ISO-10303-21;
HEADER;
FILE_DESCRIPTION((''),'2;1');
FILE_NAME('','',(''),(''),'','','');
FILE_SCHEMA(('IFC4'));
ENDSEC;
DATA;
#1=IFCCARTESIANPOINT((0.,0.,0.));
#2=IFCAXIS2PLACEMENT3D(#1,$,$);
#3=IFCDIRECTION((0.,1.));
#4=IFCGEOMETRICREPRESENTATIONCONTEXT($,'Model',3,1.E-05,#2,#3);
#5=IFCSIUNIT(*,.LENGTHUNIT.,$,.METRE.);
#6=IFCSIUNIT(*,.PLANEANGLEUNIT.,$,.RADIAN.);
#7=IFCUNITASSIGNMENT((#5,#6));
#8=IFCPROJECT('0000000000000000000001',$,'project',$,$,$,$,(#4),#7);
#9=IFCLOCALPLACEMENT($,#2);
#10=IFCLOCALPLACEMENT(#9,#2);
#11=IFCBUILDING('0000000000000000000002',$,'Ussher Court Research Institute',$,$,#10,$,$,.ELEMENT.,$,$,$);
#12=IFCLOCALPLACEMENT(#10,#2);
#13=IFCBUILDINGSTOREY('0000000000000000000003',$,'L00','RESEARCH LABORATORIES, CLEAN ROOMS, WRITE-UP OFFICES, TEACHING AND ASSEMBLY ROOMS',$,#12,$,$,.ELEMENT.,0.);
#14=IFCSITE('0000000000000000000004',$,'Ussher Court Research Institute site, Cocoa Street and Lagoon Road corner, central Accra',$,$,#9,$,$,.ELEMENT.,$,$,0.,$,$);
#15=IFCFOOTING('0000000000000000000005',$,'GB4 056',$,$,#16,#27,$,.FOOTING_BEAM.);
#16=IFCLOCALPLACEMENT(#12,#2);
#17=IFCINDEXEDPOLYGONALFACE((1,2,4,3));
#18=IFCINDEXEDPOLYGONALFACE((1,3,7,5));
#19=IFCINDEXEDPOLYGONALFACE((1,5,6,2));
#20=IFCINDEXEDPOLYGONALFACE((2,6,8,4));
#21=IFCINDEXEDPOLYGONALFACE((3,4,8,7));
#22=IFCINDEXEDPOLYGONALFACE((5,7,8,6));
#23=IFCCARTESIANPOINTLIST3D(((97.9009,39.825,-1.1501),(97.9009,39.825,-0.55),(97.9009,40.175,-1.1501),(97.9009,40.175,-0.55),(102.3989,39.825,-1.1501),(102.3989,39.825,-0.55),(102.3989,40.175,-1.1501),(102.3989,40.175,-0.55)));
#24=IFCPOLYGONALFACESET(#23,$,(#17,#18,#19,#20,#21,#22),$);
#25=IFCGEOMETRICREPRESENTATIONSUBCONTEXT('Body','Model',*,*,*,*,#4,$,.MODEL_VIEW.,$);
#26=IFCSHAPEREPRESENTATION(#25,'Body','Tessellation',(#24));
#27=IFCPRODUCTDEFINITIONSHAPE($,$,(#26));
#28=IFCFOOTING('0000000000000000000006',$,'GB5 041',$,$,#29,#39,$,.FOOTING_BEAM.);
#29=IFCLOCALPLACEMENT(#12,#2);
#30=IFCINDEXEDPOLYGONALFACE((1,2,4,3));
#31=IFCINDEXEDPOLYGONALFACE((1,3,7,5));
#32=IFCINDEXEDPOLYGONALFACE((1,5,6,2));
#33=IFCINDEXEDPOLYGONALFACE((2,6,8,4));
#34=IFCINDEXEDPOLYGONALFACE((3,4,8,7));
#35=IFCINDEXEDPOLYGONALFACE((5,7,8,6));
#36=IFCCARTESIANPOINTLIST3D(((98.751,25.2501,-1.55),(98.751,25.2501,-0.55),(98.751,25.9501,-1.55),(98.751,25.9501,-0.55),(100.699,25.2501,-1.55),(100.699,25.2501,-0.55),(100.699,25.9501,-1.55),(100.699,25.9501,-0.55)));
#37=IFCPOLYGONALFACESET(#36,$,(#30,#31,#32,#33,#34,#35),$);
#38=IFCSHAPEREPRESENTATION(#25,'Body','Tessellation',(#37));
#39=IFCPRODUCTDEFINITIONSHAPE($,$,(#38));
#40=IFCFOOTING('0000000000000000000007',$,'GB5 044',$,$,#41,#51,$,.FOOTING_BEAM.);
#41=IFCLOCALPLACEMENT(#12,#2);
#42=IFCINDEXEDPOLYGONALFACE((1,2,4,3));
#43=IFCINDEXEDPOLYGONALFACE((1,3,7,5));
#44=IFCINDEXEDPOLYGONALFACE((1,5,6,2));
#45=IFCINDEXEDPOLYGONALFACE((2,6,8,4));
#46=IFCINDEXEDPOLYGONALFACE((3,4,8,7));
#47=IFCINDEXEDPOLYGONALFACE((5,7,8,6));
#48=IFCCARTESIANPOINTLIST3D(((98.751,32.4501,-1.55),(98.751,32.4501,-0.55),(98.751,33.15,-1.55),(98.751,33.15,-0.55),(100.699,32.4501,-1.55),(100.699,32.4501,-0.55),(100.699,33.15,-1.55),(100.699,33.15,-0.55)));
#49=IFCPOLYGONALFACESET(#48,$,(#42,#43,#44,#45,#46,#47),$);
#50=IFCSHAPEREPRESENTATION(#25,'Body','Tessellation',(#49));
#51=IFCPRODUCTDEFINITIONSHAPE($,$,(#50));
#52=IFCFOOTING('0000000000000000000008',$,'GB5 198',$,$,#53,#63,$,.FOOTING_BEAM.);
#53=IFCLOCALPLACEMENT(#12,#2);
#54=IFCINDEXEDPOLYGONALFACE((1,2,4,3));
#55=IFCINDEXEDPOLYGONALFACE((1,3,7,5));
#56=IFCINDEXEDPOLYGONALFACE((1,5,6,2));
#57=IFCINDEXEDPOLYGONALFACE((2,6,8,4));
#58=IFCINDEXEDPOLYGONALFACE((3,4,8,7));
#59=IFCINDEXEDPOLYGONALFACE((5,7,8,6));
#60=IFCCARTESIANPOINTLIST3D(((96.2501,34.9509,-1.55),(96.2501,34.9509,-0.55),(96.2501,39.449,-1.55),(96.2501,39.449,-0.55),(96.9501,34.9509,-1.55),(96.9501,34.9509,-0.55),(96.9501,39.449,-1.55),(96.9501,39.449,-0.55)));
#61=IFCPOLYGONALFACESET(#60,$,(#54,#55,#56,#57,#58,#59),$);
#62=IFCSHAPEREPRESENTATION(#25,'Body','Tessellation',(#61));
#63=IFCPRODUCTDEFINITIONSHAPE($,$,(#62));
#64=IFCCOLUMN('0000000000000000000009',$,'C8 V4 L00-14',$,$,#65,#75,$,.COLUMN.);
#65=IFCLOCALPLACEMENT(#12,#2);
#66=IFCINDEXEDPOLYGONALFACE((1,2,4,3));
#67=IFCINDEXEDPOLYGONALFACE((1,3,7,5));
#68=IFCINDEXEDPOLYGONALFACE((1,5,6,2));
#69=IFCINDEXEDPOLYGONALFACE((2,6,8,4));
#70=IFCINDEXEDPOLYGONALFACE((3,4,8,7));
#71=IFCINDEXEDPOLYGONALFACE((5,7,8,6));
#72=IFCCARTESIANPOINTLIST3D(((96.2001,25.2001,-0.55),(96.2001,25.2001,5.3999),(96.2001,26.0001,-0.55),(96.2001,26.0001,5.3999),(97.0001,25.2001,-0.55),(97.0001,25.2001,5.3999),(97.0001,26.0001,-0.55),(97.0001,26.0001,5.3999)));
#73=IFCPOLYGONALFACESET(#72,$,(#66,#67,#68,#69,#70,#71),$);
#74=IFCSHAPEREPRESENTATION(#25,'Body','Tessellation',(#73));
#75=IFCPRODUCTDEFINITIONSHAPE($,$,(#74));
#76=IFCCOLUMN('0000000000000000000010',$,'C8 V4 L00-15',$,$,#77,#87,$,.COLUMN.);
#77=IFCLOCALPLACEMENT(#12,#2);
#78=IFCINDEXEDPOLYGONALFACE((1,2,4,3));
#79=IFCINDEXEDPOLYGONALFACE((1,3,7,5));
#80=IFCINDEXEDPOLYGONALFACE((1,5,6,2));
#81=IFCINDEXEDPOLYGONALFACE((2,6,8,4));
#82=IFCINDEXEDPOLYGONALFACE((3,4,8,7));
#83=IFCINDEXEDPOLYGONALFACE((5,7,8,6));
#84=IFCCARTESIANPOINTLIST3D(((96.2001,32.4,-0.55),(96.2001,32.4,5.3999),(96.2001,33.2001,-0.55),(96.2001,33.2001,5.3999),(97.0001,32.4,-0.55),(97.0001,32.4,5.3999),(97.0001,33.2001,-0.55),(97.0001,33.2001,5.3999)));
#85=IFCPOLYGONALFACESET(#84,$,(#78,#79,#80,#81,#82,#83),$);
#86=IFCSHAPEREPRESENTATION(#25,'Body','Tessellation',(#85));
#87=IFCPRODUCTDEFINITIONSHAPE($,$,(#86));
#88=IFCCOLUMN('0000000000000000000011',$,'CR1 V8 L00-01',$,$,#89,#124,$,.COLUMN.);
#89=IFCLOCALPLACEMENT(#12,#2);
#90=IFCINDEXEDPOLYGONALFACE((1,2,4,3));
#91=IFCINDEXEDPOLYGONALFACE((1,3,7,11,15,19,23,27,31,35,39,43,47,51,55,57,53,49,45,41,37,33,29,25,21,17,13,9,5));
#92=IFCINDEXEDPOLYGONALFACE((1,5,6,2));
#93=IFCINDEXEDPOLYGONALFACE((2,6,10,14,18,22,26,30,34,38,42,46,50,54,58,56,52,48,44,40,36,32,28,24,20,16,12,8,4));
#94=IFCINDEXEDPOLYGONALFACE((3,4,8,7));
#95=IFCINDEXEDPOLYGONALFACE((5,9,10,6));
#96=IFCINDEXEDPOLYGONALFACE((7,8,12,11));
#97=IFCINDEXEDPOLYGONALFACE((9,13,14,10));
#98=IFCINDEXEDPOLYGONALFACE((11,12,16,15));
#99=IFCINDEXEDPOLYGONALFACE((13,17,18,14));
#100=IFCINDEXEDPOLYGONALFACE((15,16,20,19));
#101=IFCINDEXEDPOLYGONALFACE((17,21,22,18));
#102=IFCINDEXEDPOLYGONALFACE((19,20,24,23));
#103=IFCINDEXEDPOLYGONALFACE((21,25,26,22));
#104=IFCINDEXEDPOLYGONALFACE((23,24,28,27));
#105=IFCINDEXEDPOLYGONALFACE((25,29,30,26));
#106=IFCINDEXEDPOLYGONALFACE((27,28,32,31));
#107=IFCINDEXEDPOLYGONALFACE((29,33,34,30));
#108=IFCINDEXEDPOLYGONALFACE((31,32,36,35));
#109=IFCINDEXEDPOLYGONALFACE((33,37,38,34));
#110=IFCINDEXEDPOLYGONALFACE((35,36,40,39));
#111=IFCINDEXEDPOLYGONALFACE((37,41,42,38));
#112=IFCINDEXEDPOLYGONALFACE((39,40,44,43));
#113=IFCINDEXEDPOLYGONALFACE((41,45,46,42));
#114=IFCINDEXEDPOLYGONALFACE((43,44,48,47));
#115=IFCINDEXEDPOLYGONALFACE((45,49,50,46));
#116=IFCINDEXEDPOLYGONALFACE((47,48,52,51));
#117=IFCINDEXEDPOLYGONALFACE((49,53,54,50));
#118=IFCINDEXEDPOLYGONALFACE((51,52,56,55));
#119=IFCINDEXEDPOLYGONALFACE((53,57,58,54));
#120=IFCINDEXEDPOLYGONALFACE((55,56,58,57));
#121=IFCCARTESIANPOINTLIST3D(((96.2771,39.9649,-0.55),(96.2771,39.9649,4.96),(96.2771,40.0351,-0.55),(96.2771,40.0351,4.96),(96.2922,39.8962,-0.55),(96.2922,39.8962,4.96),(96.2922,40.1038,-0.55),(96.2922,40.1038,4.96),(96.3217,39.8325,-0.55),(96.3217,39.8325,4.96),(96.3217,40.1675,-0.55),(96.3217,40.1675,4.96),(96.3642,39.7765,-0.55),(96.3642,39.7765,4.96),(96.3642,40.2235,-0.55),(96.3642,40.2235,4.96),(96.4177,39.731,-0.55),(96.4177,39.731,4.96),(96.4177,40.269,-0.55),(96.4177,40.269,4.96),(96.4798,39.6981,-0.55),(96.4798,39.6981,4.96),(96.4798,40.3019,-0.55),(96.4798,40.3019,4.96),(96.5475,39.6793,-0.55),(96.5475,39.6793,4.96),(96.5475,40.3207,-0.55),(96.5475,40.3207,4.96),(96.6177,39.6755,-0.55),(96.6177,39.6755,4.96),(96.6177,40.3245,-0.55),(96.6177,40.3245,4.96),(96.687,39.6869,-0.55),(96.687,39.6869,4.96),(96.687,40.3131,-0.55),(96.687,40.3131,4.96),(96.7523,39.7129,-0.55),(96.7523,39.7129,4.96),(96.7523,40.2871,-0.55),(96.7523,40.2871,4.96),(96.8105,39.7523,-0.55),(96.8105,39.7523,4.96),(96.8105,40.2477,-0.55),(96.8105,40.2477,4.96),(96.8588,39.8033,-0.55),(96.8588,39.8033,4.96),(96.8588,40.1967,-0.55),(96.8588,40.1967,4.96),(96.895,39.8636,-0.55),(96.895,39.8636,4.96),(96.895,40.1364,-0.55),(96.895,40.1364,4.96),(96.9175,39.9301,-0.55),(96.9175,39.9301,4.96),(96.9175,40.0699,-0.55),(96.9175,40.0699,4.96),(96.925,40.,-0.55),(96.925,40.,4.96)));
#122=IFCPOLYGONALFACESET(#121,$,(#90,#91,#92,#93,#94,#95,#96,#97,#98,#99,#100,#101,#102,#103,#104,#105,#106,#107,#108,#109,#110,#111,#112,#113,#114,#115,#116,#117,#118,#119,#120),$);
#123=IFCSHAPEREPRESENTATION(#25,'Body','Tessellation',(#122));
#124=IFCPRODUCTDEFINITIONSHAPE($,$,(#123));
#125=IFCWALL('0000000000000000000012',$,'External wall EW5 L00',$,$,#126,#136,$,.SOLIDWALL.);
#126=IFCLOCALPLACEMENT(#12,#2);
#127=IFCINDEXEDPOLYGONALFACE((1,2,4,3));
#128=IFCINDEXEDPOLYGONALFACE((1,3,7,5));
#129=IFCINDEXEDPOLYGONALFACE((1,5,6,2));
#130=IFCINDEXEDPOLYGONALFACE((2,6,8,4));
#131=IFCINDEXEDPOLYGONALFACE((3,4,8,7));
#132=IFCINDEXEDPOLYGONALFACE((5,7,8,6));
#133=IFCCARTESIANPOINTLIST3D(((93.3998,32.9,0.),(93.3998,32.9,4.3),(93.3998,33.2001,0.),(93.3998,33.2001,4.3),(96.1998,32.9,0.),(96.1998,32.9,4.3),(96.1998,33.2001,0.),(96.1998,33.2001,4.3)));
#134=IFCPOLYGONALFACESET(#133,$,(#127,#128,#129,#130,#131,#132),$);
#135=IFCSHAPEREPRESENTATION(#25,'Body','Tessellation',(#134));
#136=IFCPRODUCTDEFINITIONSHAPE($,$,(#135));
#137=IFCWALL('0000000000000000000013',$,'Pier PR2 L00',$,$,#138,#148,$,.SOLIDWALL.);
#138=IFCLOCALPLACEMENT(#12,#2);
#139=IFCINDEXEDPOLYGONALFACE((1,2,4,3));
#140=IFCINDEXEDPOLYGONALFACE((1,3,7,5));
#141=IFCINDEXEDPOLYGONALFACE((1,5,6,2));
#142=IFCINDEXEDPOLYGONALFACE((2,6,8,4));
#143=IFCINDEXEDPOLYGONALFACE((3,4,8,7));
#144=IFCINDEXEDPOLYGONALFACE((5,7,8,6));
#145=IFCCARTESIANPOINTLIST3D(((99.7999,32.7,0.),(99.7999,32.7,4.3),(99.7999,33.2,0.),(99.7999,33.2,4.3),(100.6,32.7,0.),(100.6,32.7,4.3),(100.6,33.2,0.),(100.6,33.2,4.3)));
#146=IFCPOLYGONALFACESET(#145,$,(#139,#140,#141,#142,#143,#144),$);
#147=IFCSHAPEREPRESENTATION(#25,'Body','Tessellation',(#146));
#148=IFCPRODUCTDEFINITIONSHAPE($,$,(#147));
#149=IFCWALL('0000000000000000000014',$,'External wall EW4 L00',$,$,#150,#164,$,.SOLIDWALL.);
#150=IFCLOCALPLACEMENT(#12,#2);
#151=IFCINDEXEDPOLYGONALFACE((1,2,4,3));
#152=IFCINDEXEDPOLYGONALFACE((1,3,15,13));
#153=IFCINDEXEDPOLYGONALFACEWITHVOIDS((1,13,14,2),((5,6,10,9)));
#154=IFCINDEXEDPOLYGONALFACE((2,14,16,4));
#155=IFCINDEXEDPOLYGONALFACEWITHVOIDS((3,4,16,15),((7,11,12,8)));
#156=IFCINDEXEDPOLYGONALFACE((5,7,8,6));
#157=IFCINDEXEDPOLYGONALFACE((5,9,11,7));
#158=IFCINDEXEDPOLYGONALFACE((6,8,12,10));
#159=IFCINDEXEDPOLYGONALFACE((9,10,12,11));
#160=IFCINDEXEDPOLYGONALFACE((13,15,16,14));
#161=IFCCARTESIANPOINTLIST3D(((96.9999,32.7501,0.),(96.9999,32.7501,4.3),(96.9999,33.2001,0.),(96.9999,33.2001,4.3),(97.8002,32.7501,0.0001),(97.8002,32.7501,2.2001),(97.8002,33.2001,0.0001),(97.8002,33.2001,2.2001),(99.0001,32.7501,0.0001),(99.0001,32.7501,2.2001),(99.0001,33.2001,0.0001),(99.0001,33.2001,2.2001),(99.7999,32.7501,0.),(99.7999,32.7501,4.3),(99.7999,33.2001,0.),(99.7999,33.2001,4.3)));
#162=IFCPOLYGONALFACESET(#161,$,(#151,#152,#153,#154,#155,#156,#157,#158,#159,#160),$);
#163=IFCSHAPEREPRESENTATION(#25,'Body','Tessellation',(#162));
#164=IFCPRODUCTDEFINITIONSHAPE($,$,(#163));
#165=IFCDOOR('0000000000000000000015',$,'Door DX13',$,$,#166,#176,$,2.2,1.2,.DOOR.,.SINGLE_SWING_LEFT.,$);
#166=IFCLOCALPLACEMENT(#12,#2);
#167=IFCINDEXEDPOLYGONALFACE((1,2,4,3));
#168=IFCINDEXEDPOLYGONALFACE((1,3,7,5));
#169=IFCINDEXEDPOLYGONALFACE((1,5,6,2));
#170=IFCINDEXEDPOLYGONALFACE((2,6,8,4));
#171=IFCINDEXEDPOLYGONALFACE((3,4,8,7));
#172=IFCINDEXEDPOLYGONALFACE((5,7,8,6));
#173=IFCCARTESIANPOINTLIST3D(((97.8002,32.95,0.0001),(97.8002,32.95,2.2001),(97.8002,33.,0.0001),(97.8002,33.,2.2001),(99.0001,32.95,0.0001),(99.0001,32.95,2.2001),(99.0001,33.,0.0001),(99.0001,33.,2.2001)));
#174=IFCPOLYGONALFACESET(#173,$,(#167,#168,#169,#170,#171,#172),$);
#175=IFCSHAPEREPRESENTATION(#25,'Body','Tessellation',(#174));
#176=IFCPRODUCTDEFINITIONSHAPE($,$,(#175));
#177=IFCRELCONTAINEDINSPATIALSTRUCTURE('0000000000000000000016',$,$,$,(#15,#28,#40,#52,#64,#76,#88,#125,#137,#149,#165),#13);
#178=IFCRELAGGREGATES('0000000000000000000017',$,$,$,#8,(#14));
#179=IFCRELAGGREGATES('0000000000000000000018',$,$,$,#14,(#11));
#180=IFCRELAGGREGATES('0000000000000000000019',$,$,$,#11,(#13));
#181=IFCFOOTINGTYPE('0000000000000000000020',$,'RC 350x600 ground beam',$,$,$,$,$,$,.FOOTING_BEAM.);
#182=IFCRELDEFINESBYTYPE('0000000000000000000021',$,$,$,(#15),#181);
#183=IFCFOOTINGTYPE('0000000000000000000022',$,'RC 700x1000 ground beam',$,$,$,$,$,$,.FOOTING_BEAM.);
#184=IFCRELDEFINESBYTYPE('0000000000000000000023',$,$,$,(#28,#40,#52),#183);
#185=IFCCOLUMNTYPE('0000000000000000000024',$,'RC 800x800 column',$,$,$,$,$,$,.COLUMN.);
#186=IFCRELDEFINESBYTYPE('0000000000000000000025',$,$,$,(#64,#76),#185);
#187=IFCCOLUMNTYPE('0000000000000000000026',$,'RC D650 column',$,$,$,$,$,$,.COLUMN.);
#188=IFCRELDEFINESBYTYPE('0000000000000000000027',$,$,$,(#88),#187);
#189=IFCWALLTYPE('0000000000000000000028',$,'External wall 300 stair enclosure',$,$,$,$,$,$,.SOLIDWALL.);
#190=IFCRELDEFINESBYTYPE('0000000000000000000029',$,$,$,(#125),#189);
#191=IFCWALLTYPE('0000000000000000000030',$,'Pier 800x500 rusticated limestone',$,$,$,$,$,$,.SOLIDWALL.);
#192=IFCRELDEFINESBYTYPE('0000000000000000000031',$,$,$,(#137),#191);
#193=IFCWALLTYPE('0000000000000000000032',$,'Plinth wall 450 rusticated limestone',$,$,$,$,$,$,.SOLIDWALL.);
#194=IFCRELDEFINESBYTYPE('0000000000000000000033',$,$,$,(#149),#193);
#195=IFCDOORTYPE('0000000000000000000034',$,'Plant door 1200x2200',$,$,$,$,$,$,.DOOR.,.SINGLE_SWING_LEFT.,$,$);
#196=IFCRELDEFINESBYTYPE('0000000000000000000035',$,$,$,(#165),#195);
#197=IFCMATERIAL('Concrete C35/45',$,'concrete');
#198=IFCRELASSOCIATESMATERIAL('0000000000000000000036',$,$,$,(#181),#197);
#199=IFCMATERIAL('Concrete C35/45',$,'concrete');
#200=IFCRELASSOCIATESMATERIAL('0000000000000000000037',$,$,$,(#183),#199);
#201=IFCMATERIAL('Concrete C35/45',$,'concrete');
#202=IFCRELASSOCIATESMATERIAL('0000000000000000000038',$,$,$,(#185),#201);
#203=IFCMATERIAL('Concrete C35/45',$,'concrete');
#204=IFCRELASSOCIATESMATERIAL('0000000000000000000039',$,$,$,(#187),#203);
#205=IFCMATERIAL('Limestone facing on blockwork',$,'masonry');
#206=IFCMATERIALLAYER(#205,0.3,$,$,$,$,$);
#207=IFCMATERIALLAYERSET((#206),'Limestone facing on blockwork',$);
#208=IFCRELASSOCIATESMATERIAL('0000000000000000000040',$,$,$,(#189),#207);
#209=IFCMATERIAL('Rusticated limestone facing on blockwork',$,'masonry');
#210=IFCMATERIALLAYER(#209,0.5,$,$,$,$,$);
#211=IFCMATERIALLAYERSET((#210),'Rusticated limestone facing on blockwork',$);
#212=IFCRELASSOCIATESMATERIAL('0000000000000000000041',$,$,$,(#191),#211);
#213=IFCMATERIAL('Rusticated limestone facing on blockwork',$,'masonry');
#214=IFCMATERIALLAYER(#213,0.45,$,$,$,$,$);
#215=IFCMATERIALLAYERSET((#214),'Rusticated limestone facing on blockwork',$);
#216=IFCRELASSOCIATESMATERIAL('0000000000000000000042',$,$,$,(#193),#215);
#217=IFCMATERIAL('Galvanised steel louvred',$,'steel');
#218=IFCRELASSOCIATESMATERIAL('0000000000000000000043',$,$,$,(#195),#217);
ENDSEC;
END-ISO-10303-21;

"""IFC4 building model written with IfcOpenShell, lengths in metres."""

from ifc_helpers import new_model, si_unit, direction, frame, frame_2d, origin, origin_2d, place, context, subcontext, project, spatial, rectangle, circle, extrude, material, layer, layer_set, material_profile, profile_set, type_object, element, fill, save


model = new_model("IFC4")

# Units and contexts
model_context = context("Model", 3, precision=1e-05, world=origin(), true_north=direction((0.0, 1.0)))
body_context = subcontext(model_context, "Body", "Model", "MODEL_VIEW")
ifc_project = project(units=[si_unit("LENGTHUNIT", "METRE"), si_unit("PLANEANGLEUNIT", "RADIAN")], contexts=[model_context])

# Site, building, storey
site_placement = place(None, origin())
site = spatial("IfcSite", under=ifc_project, at=site_placement, Name="Ussher Court Research Institute site, Cocoa Street and Lagoon Road corner, central Accra", CompositionType="ELEMENT", RefElevation=0.0)
building_placement = place(site_placement, origin())
building = spatial("IfcBuilding", under=site, at=building_placement, Name="Ussher Court Research Institute", CompositionType="ELEMENT")
storey_placement = place(building_placement, origin())
storey = spatial("IfcBuildingStorey", under=building, at=storey_placement, Name="L00", Description="RESEARCH LABORATORIES, CLEAN ROOMS, WRITE-UP OFFICES, TEACHING AND ASSEMBLY ROOMS", CompositionType="ELEMENT", Elevation=0.0)

# Footings
ifc_material_1 = material(Name="Concrete C35/45", Category="concrete")
ifc_material_profile_1 = material_profile(ifc_material_1, rectangle(XDim=0.3501, YDim=0.6001, at=origin_2d()), Name="RC 350x600")
ifc_profile_set_1 = profile_set([ifc_material_profile_1], Name="Concrete C35/45")
footing_type_1 = type_object("IfcFootingType", Name="RC 350x600 ground beam", PredefinedType="FOOTING_BEAM", material=ifc_profile_set_1)
footing_1_placement = place(storey_placement, frame((97.9009, 40.0, -0.8501), z_axis=(1.0, 0.0, 0.0), x_axis=(0.0, 1.0, 0.0)))
element("IfcFooting", 1, at=footing_1_placement, inside=storey, type_object=footing_type_1, Name="GB4 056", PredefinedType="FOOTING_BEAM", context=body_context, shape_type="SweptSolid", body=[
    extrude(rectangle(XDim=0.3501, YDim=0.6001, at=origin_2d()), origin(), (0.0, 0.0, 1.0), 4.498),
])
ifc_material_2 = material(Name="Concrete C35/45", Category="concrete")
ifc_material_profile_2 = material_profile(ifc_material_2, rectangle(XDim=0.7, YDim=1.0, at=origin_2d()), Name="RC 700x1000")
ifc_profile_set_2 = profile_set([ifc_material_profile_2], Name="Concrete C35/45")
footing_type_2 = type_object("IfcFootingType", Name="RC 700x1000 ground beam", PredefinedType="FOOTING_BEAM", material=ifc_profile_set_2)
for number, where, z_axis, x_axis, name in (
    (2, (98.751, 25.6001, -1.05), (1.0, 0.0, 0.0), (0.0, 1.0, 0.0), "GB5 041"),
    (3, (98.751, 32.8, -1.05), (1.0, 0.0, 0.0), (0.0, 1.0, 0.0), "GB5 044"),
):
    element("IfcFooting", number, at=place(storey_placement, frame(where, z_axis=z_axis, x_axis=x_axis)), inside=storey, type_object=footing_type_2, Name=name, PredefinedType="FOOTING_BEAM", context=body_context, shape_type="SweptSolid", body=[
        extrude(rectangle(XDim=0.7, YDim=1.0, at=origin_2d()), origin(), (0.0, 0.0, 1.0), 1.948),
    ])
footing_2_placement = place(storey_placement, frame((96.6001, 34.9509, -1.05), z_axis=(0.0, 1.0, 0.0), x_axis=(-1.0, 0.0, 0.0)))
element("IfcFooting", 4, at=footing_2_placement, inside=storey, type_object=footing_type_2, Name="GB5 198", PredefinedType="FOOTING_BEAM", context=body_context, shape_type="SweptSolid", body=[
    extrude(rectangle(XDim=0.7, YDim=1.0, at=origin_2d()), origin(), (0.0, 0.0, 1.0), 4.498),
])

# Columns
ifc_material_3 = material(Name="Concrete C35/45", Category="concrete")
ifc_material_profile_3 = material_profile(ifc_material_3, rectangle(XDim=0.8, YDim=0.8, at=origin_2d()), Name="RC 800x800")
ifc_profile_set_3 = profile_set([ifc_material_profile_3], Name="Concrete C35/45")
column_type_1 = type_object("IfcColumnType", Name="RC 800x800 column", PredefinedType="COLUMN", material=ifc_profile_set_3)
for number, where, z_axis, x_axis, name in (
    (5, (96.6001, 25.6001, -0.55), (0.0, 0.0, 1.0), (1.0, 0.0, 0.0), "C8 V4 L00-14"),
    (6, (96.6001, 32.8, -0.55), (0.0, 0.0, 1.0), (1.0, 0.0, 0.0), "C8 V4 L00-15"),
):
    element("IfcColumn", number, at=place(storey_placement, frame(where, z_axis=z_axis, x_axis=x_axis)), inside=storey, type_object=column_type_1, Name=name, PredefinedType="COLUMN", context=body_context, shape_type="SweptSolid", body=[
        extrude(rectangle(XDim=0.8, YDim=0.8, at=origin_2d()), origin(), (0.0, 0.0, 1.0), 5.95),
    ])
ifc_material_4 = material(Name="Concrete C35/45", Category="concrete")
ifc_material_profile_4 = material_profile(ifc_material_4, circle(Radius=0.325, at=origin_2d()), Name="RC D650")
ifc_profile_set_4 = profile_set([ifc_material_profile_4], Name="Concrete C35/45")
column_type_2 = type_object("IfcColumnType", Name="RC D650 column", PredefinedType="COLUMN", material=ifc_profile_set_4)
column_placement = place(storey_placement, frame((96.6001, 40.0, -0.55), z_axis=(0.0, 0.0, 1.0), x_axis=(1.0, 0.0, 0.0)))
element("IfcColumn", 7, at=column_placement, inside=storey, type_object=column_type_2, Name="CR1 V8 L00-01", PredefinedType="COLUMN", context=body_context, shape_type="SweptSolid", body=[
    extrude(circle(Radius=0.325, at=origin_2d()), origin(), (0.0, 0.0, 1.0), 5.51),
])

# Walls
ifc_material_5 = material(Name="Limestone facing on blockwork", Category="masonry")
ifc_layer_1 = layer(ifc_material_5, 0.3)
ifc_layer_set_1 = layer_set([ifc_layer_1], Name="Limestone facing on blockwork")
wall_type_1 = type_object("IfcWallType", Name="External wall 300 stair enclosure", PredefinedType="SOLIDWALL", material=ifc_layer_set_1)
wall_1_placement = place(storey_placement, frame((93.3999, 33.05, 0.0), z_axis=(0.0, 0.0, 1.0), x_axis=(1.0, 0.0, 0.0)))
element("IfcWall", 8, at=wall_1_placement, inside=storey, type_object=wall_type_1, Name="External wall EW5 L00", PredefinedType="SOLIDWALL", context=body_context, shape_type="SweptSolid", body=[
    extrude(rectangle(XDim=2.8, YDim=0.3, at=frame_2d((1.3999, 0.0))), origin(), (0.0, 0.0, 1.0), 4.3),
])
ifc_material_6 = material(Name="Rusticated limestone facing on blockwork", Category="masonry")
ifc_layer_2 = layer(ifc_material_6, 0.5)
ifc_layer_set_2 = layer_set([ifc_layer_2], Name="Rusticated limestone facing on blockwork")
wall_type_2 = type_object("IfcWallType", Name="Pier 800x500 rusticated limestone", PredefinedType="SOLIDWALL", material=ifc_layer_set_2)
wall_2_placement = place(storey_placement, frame((99.8, 32.95, 0.0), z_axis=(0.0, 0.0, 1.0), x_axis=(1.0, 0.0, 0.0)))
element("IfcWall", 9, at=wall_2_placement, inside=storey, type_object=wall_type_2, Name="Pier PR2 L00", PredefinedType="SOLIDWALL", context=body_context, shape_type="SweptSolid", body=[
    extrude(rectangle(XDim=0.8, YDim=0.5, at=frame_2d((0.3999, 0.0))), origin(), (0.0, 0.0, 1.0), 4.3),
])

# Wall, opening, door
ifc_material_7 = material(Name="Rusticated limestone facing on blockwork", Category="masonry")
ifc_layer_3 = layer(ifc_material_7, 0.45)
ifc_layer_set_3 = layer_set([ifc_layer_3], Name="Rusticated limestone facing on blockwork")
wall_type_3 = type_object("IfcWallType", Name="Plinth wall 450 rusticated limestone", PredefinedType="SOLIDWALL", material=ifc_layer_set_3)
wall_3_placement = place(storey_placement, frame((97.0, 32.9751, 0.0), z_axis=(0.0, 0.0, 1.0), x_axis=(1.0, 0.0, 0.0)))
wall_3 = element("IfcWall", 10, at=wall_3_placement, inside=storey, type_object=wall_type_3, Name="External wall EW4 L00", PredefinedType="SOLIDWALL", context=body_context, shape_type="SweptSolid", body=[
    extrude(rectangle(XDim=2.8, YDim=0.45, at=frame_2d((1.3999, 0.0))), origin(), (0.0, 0.0, 1.0), 4.3),
])
opening_1_placement = place(wall_3_placement, frame((0.8, 0.0, 0.0)))
opening_1 = element("IfcOpeningElement", 11, at=opening_1_placement, cuts=wall_3, PredefinedType="OPENING", context=body_context, shape_type="SweptSolid", body=[
    extrude(rectangle(XDim=1.2, YDim=2.2, at=frame_2d((0.6001, 1.1001))), frame((0.0, 0.2349, 0.0), z_axis=(0.0, -1.0, 0.0), x_axis=(1.0, 0.0, 0.0)), (0.0, 0.0, 1.0), 0.47),
])
ifc_material_8 = material(Name="Galvanised steel louvred", Category="steel")
door_type_1 = type_object("IfcDoorType", Name="Plant door 1200x2200", OperationType="SINGLE_SWING_LEFT", PredefinedType="DOOR", material=ifc_material_8)
door_1_placement = place(opening_1_placement, origin())
door_1 = element("IfcDoor", 12, at=door_1_placement, inside=storey, type_object=door_type_1, Name="Door DX13", OperationType="SINGLE_SWING_LEFT", OverallHeight=2.2, OverallWidth=1.2, PredefinedType="DOOR", context=body_context, shape_type="SweptSolid", body=[
    extrude(rectangle(XDim=1.2, YDim=2.2, at=frame_2d((0.6001, 1.1001))), frame((0.0, 0.0249, 0.0), z_axis=(0.0, -1.0, 0.0), x_axis=(1.0, 0.0, 0.0)), (0.0, 0.0, 1.0), 0.05),
])
fill(opening_1, door_1)

save(model, "model.ifc")
